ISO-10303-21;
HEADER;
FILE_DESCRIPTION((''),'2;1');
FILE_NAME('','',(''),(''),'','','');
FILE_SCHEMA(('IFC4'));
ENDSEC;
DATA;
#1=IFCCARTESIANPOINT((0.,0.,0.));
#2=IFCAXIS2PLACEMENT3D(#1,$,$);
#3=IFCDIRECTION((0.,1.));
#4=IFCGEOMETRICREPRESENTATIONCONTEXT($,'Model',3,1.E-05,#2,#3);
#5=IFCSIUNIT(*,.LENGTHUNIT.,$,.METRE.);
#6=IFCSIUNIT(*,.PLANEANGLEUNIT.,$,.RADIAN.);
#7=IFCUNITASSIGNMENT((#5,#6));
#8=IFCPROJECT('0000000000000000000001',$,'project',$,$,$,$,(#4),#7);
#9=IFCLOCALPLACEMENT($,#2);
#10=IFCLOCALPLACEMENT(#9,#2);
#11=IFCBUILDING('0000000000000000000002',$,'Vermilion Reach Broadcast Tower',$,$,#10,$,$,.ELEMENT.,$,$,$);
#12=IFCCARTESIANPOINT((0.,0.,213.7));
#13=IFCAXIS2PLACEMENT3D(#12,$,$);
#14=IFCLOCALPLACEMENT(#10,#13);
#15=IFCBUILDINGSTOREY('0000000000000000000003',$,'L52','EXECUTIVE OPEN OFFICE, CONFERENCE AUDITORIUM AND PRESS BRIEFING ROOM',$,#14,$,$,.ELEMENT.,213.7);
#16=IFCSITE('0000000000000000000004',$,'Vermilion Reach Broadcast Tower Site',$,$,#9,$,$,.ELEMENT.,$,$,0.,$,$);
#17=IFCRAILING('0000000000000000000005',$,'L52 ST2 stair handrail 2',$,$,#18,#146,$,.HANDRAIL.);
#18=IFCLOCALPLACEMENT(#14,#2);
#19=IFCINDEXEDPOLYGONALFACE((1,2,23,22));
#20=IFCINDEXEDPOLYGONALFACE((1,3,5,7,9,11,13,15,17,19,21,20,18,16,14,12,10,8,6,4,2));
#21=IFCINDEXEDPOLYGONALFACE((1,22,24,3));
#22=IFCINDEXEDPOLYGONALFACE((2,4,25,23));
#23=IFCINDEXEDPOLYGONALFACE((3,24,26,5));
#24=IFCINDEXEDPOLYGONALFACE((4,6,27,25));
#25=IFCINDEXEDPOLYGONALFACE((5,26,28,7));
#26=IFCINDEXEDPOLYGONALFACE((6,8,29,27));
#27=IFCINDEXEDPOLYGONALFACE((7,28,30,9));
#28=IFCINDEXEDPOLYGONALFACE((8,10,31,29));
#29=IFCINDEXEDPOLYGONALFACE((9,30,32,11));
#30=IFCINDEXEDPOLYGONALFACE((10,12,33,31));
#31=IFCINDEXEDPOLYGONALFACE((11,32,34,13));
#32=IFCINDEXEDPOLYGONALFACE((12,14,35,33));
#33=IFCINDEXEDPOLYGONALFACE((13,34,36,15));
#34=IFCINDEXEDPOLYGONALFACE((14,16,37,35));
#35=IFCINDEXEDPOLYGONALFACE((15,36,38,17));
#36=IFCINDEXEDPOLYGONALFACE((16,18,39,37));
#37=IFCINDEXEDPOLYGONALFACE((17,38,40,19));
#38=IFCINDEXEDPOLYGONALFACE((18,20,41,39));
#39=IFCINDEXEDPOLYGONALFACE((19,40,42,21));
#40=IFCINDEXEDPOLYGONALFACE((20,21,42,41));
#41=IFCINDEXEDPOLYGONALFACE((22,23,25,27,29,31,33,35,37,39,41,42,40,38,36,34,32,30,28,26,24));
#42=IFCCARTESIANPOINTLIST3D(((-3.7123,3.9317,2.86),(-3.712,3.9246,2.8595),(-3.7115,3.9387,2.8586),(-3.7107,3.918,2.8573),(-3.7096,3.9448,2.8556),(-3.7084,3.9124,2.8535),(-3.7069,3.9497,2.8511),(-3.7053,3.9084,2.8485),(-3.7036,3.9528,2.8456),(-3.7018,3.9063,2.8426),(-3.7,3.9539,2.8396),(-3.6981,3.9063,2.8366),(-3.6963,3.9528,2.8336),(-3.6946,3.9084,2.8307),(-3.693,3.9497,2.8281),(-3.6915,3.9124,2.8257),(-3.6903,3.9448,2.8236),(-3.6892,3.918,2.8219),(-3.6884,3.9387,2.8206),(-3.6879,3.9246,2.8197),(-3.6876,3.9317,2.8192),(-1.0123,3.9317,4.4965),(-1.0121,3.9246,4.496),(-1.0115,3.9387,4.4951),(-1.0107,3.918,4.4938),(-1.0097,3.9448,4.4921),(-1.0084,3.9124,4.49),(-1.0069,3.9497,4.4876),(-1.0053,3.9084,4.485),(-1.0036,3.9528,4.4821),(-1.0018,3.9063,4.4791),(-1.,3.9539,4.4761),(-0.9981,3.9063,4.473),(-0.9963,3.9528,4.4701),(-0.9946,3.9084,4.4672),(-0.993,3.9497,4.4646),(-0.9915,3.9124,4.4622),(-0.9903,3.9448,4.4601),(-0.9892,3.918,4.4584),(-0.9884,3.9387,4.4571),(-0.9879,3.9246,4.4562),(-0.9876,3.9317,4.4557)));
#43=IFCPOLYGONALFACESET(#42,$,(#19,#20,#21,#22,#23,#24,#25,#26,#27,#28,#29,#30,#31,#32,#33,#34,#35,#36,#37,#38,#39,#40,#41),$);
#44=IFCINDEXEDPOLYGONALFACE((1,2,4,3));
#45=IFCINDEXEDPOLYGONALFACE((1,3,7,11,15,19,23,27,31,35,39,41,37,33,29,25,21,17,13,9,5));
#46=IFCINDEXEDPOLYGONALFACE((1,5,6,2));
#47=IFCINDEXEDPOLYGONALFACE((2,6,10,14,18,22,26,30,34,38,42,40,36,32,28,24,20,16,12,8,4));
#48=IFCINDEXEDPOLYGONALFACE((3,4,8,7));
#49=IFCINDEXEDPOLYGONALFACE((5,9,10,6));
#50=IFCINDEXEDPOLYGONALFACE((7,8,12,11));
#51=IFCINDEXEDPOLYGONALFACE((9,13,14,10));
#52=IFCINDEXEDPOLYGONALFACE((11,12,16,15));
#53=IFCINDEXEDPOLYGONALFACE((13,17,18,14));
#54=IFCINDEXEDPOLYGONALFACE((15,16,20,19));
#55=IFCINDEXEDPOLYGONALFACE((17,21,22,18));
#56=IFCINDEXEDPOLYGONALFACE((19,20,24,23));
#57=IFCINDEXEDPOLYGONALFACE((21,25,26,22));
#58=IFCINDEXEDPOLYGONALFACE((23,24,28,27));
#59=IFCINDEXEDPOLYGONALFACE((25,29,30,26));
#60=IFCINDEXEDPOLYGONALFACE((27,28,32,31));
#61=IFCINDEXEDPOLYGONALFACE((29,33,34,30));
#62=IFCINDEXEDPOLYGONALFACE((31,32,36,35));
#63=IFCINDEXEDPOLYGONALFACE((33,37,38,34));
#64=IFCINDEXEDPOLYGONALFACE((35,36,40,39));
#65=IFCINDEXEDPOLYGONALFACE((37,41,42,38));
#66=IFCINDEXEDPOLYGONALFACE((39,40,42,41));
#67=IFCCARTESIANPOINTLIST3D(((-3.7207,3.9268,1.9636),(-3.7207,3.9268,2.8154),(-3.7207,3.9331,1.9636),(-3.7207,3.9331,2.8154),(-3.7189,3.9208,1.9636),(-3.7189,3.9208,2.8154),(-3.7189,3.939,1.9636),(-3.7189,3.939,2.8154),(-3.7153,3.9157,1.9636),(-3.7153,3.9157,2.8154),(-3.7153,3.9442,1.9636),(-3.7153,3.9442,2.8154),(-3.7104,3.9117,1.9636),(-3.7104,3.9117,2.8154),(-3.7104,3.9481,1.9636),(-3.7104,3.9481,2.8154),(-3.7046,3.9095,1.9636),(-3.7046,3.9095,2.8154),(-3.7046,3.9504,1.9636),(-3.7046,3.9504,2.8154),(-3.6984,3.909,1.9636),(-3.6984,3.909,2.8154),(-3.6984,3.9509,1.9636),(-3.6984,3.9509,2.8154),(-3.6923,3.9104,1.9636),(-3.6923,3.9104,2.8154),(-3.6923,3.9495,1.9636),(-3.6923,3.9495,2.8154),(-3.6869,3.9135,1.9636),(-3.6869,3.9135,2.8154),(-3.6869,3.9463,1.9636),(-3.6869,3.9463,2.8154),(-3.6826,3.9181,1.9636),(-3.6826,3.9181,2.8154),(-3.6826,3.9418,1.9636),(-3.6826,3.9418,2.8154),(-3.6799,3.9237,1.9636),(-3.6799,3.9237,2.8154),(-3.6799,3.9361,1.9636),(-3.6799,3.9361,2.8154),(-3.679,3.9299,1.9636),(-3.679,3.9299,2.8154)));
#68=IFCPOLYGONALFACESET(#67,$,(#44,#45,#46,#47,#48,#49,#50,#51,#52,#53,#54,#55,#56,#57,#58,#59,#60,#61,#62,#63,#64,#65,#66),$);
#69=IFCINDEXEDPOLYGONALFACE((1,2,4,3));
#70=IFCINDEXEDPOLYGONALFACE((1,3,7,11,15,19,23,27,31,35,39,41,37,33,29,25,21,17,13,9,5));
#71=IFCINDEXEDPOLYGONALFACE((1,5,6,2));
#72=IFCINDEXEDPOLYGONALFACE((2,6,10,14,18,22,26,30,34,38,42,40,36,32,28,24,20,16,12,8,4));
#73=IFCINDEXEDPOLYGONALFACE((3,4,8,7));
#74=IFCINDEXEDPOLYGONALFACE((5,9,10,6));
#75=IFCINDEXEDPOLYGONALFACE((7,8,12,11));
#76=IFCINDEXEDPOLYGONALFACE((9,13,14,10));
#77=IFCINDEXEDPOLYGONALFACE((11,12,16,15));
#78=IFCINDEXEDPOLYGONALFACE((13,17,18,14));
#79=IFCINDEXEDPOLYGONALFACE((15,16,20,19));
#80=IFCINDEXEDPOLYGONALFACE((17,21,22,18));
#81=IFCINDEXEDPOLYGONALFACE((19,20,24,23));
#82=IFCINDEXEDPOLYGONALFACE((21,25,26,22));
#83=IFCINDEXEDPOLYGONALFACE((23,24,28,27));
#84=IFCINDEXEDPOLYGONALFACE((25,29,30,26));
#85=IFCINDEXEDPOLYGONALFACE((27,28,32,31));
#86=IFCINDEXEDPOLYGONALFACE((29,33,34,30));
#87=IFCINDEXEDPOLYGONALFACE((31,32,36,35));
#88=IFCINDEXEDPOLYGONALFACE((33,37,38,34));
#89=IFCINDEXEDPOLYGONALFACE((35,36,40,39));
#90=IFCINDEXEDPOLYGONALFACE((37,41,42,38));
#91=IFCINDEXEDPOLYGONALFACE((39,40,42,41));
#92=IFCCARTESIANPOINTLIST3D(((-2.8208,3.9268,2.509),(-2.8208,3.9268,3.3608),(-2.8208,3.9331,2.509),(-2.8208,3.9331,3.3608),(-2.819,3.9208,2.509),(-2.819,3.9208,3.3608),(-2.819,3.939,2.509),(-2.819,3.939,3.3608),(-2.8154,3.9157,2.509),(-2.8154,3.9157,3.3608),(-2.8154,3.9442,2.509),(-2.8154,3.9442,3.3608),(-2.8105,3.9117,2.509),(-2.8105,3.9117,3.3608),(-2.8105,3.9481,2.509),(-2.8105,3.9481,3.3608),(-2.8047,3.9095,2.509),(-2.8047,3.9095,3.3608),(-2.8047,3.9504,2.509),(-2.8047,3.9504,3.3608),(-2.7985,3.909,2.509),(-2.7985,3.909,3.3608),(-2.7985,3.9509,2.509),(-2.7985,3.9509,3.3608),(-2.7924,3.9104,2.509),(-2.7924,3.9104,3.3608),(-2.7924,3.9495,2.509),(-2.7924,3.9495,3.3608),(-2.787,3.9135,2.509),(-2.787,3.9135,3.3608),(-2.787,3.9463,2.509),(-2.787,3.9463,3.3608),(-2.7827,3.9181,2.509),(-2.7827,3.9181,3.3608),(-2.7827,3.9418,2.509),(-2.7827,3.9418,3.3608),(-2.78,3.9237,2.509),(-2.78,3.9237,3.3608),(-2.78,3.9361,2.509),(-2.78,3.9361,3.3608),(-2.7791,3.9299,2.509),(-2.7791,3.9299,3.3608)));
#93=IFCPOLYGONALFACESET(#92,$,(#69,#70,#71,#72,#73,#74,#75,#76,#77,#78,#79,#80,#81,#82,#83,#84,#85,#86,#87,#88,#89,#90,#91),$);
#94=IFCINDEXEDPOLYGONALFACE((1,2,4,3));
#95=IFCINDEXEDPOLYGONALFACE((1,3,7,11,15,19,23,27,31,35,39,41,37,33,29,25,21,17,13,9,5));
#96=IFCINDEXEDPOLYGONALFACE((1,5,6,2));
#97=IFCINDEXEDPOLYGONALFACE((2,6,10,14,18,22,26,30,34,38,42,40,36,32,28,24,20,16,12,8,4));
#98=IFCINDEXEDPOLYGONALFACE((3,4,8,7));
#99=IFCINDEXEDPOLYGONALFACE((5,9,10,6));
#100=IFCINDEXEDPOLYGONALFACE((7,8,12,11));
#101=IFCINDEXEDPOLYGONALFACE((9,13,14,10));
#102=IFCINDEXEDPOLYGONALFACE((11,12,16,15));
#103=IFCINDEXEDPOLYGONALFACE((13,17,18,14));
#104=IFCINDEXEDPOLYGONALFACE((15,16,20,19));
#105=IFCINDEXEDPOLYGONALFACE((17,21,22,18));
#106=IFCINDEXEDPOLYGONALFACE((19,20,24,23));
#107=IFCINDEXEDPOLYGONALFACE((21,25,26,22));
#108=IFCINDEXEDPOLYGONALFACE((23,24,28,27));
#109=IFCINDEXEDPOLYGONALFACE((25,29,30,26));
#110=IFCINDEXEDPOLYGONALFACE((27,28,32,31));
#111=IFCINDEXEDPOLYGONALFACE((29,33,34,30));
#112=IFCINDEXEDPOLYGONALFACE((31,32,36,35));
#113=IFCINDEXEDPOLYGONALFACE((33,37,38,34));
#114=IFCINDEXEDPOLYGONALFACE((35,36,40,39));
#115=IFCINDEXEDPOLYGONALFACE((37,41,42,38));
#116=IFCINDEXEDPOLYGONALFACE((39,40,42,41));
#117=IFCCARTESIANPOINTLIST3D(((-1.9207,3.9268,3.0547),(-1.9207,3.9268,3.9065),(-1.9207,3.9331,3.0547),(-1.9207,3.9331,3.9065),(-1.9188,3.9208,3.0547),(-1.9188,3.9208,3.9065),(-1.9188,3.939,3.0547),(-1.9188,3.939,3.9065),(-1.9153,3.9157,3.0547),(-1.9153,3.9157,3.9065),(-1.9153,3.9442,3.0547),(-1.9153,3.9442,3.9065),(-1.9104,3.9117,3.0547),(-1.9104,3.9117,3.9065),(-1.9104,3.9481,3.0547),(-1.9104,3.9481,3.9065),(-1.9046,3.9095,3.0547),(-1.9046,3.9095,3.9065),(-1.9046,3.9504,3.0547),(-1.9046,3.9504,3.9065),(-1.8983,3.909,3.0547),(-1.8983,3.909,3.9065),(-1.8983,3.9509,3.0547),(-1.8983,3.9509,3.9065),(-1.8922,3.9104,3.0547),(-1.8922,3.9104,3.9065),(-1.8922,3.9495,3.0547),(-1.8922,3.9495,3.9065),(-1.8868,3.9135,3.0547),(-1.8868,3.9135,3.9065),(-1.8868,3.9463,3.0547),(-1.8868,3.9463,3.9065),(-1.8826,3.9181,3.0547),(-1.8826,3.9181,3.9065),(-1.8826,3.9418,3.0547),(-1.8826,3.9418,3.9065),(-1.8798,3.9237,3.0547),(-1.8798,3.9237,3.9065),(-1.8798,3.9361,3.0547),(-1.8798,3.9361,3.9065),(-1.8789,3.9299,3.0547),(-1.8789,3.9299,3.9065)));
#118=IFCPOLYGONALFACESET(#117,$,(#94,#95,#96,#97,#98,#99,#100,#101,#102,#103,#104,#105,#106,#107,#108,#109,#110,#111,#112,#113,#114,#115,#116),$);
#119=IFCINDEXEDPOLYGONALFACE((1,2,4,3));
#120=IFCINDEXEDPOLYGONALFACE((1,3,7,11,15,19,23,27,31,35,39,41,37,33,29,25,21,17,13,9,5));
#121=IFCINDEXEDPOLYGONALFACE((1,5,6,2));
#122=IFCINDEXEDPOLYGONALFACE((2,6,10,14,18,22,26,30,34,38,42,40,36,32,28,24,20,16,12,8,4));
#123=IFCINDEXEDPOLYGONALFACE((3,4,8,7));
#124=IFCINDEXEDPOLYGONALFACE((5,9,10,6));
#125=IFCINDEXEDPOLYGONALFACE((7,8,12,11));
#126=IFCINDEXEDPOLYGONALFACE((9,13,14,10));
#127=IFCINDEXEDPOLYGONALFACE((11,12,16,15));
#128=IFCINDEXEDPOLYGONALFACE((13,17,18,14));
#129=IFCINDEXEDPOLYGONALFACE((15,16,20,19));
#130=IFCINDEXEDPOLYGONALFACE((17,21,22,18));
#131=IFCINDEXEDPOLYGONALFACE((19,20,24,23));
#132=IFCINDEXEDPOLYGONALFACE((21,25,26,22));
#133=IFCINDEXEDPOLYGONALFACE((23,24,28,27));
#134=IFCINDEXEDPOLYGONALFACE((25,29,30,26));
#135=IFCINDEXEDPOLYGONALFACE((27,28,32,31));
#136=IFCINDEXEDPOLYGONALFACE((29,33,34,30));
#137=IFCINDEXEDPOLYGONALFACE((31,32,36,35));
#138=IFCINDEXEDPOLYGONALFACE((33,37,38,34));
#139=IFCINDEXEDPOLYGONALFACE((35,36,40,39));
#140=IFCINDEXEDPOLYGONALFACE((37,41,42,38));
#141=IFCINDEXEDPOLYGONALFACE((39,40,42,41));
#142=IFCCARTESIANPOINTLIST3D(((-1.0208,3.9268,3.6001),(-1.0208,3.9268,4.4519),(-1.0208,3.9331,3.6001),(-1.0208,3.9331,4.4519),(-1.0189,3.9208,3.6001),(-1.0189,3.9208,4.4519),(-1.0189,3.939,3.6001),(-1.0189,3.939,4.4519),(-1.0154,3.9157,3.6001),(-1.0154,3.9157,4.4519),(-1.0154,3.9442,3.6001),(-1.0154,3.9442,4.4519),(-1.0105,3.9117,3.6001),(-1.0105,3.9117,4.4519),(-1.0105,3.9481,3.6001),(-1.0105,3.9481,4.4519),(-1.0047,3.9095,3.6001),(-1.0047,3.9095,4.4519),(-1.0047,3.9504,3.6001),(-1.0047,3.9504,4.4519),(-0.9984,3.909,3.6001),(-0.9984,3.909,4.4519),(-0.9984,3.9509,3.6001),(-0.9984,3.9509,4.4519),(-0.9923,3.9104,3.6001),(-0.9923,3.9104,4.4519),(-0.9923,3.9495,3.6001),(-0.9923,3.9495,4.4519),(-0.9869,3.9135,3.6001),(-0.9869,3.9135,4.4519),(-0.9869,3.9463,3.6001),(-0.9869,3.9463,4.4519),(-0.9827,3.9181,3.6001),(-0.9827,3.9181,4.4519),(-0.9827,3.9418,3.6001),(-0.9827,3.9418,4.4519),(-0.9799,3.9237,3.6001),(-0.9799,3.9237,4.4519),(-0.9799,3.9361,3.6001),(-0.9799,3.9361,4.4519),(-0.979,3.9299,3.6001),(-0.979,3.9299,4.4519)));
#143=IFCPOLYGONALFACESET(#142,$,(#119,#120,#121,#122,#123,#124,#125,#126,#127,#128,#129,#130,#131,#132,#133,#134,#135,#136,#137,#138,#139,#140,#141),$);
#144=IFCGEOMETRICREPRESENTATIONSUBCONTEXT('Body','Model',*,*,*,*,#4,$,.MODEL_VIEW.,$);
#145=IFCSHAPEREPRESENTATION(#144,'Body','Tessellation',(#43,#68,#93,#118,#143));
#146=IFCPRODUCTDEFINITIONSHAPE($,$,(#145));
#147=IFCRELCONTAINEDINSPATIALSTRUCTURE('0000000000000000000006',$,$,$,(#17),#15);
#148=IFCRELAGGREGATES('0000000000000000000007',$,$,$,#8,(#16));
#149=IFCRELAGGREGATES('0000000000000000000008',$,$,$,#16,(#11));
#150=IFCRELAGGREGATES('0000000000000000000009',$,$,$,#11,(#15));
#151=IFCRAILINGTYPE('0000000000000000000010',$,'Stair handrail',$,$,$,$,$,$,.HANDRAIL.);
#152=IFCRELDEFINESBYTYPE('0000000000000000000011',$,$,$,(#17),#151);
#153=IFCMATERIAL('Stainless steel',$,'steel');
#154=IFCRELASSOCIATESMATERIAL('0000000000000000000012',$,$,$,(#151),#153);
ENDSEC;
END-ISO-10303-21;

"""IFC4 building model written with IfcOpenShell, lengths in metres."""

from ifc_helpers import new_model, si_unit, direction, frame, origin, origin_2d, place, context, subcontext, project, spatial, circle, extrude, material, type_object, element, save


model = new_model("IFC4")

# Units and contexts
model_context = context("Model", 3, precision=1e-05, world=origin(), true_north=direction((0.0, 1.0)))
body_context = subcontext(model_context, "Body", "Model", "MODEL_VIEW")
ifc_project = project(units=[si_unit("LENGTHUNIT", "METRE"), si_unit("PLANEANGLEUNIT", "RADIAN")], contexts=[model_context])

# Site, building, storey
site_placement = place(None, origin())
site = spatial("IfcSite", under=ifc_project, at=site_placement, Name="Vermilion Reach Broadcast Tower Site", CompositionType="ELEMENT", RefElevation=0.0)
building_placement = place(site_placement, origin())
building = spatial("IfcBuilding", under=site, at=building_placement, Name="Vermilion Reach Broadcast Tower", CompositionType="ELEMENT")
storey_placement = place(building_placement, frame((0.0, 0.0, 213.7)))
storey = spatial("IfcBuildingStorey", under=building, at=storey_placement, Name="L52", Description="EXECUTIVE OPEN OFFICE, CONFERENCE AUDITORIUM AND PRESS BRIEFING ROOM", CompositionType="ELEMENT", Elevation=213.7)

# Railing
ifc_material_1 = material(Name="Stainless steel", Category="steel")
railing_type_1 = type_object("IfcRailingType", Name="Stair handrail", PredefinedType="HANDRAIL", material=ifc_material_1)
railing_1_placement = place(storey_placement, frame((-3.7, 3.9299, 1.9636)))
element("IfcRailing", 1, at=railing_1_placement, inside=storey, type_object=railing_type_1, Name="L52 ST2 stair handrail 2", PredefinedType="HANDRAIL", context=body_context, shape_type="SweptSolid", body=[
    extrude(circle(Radius=0.0239, at=origin_2d()), frame((0.0, 0.0, 0.876), z_axis=(0.855178, 0.0, 0.518334), x_axis=(0.0, 1.0, 0.0)), (0.0, 0.0, 1.0), 3.1572),
    extrude(circle(Radius=0.021, at=origin_2d()), origin(), (0.0, 0.0, 1.0), 0.8518),
    extrude(circle(Radius=0.021, at=origin_2d()), frame((0.8999, 0.0, 0.5454)), (0.0, 0.0, 1.0), 0.8518),
    extrude(circle(Radius=0.021, at=origin_2d()), frame((1.8, 0.0, 1.0911)), (0.0, 0.0, 1.0), 0.8518),
    extrude(circle(Radius=0.021, at=origin_2d()), frame((2.7, 0.0, 1.6365)), (0.0, 0.0, 1.0), 0.8518),
])

save(model, "model.ifc")
